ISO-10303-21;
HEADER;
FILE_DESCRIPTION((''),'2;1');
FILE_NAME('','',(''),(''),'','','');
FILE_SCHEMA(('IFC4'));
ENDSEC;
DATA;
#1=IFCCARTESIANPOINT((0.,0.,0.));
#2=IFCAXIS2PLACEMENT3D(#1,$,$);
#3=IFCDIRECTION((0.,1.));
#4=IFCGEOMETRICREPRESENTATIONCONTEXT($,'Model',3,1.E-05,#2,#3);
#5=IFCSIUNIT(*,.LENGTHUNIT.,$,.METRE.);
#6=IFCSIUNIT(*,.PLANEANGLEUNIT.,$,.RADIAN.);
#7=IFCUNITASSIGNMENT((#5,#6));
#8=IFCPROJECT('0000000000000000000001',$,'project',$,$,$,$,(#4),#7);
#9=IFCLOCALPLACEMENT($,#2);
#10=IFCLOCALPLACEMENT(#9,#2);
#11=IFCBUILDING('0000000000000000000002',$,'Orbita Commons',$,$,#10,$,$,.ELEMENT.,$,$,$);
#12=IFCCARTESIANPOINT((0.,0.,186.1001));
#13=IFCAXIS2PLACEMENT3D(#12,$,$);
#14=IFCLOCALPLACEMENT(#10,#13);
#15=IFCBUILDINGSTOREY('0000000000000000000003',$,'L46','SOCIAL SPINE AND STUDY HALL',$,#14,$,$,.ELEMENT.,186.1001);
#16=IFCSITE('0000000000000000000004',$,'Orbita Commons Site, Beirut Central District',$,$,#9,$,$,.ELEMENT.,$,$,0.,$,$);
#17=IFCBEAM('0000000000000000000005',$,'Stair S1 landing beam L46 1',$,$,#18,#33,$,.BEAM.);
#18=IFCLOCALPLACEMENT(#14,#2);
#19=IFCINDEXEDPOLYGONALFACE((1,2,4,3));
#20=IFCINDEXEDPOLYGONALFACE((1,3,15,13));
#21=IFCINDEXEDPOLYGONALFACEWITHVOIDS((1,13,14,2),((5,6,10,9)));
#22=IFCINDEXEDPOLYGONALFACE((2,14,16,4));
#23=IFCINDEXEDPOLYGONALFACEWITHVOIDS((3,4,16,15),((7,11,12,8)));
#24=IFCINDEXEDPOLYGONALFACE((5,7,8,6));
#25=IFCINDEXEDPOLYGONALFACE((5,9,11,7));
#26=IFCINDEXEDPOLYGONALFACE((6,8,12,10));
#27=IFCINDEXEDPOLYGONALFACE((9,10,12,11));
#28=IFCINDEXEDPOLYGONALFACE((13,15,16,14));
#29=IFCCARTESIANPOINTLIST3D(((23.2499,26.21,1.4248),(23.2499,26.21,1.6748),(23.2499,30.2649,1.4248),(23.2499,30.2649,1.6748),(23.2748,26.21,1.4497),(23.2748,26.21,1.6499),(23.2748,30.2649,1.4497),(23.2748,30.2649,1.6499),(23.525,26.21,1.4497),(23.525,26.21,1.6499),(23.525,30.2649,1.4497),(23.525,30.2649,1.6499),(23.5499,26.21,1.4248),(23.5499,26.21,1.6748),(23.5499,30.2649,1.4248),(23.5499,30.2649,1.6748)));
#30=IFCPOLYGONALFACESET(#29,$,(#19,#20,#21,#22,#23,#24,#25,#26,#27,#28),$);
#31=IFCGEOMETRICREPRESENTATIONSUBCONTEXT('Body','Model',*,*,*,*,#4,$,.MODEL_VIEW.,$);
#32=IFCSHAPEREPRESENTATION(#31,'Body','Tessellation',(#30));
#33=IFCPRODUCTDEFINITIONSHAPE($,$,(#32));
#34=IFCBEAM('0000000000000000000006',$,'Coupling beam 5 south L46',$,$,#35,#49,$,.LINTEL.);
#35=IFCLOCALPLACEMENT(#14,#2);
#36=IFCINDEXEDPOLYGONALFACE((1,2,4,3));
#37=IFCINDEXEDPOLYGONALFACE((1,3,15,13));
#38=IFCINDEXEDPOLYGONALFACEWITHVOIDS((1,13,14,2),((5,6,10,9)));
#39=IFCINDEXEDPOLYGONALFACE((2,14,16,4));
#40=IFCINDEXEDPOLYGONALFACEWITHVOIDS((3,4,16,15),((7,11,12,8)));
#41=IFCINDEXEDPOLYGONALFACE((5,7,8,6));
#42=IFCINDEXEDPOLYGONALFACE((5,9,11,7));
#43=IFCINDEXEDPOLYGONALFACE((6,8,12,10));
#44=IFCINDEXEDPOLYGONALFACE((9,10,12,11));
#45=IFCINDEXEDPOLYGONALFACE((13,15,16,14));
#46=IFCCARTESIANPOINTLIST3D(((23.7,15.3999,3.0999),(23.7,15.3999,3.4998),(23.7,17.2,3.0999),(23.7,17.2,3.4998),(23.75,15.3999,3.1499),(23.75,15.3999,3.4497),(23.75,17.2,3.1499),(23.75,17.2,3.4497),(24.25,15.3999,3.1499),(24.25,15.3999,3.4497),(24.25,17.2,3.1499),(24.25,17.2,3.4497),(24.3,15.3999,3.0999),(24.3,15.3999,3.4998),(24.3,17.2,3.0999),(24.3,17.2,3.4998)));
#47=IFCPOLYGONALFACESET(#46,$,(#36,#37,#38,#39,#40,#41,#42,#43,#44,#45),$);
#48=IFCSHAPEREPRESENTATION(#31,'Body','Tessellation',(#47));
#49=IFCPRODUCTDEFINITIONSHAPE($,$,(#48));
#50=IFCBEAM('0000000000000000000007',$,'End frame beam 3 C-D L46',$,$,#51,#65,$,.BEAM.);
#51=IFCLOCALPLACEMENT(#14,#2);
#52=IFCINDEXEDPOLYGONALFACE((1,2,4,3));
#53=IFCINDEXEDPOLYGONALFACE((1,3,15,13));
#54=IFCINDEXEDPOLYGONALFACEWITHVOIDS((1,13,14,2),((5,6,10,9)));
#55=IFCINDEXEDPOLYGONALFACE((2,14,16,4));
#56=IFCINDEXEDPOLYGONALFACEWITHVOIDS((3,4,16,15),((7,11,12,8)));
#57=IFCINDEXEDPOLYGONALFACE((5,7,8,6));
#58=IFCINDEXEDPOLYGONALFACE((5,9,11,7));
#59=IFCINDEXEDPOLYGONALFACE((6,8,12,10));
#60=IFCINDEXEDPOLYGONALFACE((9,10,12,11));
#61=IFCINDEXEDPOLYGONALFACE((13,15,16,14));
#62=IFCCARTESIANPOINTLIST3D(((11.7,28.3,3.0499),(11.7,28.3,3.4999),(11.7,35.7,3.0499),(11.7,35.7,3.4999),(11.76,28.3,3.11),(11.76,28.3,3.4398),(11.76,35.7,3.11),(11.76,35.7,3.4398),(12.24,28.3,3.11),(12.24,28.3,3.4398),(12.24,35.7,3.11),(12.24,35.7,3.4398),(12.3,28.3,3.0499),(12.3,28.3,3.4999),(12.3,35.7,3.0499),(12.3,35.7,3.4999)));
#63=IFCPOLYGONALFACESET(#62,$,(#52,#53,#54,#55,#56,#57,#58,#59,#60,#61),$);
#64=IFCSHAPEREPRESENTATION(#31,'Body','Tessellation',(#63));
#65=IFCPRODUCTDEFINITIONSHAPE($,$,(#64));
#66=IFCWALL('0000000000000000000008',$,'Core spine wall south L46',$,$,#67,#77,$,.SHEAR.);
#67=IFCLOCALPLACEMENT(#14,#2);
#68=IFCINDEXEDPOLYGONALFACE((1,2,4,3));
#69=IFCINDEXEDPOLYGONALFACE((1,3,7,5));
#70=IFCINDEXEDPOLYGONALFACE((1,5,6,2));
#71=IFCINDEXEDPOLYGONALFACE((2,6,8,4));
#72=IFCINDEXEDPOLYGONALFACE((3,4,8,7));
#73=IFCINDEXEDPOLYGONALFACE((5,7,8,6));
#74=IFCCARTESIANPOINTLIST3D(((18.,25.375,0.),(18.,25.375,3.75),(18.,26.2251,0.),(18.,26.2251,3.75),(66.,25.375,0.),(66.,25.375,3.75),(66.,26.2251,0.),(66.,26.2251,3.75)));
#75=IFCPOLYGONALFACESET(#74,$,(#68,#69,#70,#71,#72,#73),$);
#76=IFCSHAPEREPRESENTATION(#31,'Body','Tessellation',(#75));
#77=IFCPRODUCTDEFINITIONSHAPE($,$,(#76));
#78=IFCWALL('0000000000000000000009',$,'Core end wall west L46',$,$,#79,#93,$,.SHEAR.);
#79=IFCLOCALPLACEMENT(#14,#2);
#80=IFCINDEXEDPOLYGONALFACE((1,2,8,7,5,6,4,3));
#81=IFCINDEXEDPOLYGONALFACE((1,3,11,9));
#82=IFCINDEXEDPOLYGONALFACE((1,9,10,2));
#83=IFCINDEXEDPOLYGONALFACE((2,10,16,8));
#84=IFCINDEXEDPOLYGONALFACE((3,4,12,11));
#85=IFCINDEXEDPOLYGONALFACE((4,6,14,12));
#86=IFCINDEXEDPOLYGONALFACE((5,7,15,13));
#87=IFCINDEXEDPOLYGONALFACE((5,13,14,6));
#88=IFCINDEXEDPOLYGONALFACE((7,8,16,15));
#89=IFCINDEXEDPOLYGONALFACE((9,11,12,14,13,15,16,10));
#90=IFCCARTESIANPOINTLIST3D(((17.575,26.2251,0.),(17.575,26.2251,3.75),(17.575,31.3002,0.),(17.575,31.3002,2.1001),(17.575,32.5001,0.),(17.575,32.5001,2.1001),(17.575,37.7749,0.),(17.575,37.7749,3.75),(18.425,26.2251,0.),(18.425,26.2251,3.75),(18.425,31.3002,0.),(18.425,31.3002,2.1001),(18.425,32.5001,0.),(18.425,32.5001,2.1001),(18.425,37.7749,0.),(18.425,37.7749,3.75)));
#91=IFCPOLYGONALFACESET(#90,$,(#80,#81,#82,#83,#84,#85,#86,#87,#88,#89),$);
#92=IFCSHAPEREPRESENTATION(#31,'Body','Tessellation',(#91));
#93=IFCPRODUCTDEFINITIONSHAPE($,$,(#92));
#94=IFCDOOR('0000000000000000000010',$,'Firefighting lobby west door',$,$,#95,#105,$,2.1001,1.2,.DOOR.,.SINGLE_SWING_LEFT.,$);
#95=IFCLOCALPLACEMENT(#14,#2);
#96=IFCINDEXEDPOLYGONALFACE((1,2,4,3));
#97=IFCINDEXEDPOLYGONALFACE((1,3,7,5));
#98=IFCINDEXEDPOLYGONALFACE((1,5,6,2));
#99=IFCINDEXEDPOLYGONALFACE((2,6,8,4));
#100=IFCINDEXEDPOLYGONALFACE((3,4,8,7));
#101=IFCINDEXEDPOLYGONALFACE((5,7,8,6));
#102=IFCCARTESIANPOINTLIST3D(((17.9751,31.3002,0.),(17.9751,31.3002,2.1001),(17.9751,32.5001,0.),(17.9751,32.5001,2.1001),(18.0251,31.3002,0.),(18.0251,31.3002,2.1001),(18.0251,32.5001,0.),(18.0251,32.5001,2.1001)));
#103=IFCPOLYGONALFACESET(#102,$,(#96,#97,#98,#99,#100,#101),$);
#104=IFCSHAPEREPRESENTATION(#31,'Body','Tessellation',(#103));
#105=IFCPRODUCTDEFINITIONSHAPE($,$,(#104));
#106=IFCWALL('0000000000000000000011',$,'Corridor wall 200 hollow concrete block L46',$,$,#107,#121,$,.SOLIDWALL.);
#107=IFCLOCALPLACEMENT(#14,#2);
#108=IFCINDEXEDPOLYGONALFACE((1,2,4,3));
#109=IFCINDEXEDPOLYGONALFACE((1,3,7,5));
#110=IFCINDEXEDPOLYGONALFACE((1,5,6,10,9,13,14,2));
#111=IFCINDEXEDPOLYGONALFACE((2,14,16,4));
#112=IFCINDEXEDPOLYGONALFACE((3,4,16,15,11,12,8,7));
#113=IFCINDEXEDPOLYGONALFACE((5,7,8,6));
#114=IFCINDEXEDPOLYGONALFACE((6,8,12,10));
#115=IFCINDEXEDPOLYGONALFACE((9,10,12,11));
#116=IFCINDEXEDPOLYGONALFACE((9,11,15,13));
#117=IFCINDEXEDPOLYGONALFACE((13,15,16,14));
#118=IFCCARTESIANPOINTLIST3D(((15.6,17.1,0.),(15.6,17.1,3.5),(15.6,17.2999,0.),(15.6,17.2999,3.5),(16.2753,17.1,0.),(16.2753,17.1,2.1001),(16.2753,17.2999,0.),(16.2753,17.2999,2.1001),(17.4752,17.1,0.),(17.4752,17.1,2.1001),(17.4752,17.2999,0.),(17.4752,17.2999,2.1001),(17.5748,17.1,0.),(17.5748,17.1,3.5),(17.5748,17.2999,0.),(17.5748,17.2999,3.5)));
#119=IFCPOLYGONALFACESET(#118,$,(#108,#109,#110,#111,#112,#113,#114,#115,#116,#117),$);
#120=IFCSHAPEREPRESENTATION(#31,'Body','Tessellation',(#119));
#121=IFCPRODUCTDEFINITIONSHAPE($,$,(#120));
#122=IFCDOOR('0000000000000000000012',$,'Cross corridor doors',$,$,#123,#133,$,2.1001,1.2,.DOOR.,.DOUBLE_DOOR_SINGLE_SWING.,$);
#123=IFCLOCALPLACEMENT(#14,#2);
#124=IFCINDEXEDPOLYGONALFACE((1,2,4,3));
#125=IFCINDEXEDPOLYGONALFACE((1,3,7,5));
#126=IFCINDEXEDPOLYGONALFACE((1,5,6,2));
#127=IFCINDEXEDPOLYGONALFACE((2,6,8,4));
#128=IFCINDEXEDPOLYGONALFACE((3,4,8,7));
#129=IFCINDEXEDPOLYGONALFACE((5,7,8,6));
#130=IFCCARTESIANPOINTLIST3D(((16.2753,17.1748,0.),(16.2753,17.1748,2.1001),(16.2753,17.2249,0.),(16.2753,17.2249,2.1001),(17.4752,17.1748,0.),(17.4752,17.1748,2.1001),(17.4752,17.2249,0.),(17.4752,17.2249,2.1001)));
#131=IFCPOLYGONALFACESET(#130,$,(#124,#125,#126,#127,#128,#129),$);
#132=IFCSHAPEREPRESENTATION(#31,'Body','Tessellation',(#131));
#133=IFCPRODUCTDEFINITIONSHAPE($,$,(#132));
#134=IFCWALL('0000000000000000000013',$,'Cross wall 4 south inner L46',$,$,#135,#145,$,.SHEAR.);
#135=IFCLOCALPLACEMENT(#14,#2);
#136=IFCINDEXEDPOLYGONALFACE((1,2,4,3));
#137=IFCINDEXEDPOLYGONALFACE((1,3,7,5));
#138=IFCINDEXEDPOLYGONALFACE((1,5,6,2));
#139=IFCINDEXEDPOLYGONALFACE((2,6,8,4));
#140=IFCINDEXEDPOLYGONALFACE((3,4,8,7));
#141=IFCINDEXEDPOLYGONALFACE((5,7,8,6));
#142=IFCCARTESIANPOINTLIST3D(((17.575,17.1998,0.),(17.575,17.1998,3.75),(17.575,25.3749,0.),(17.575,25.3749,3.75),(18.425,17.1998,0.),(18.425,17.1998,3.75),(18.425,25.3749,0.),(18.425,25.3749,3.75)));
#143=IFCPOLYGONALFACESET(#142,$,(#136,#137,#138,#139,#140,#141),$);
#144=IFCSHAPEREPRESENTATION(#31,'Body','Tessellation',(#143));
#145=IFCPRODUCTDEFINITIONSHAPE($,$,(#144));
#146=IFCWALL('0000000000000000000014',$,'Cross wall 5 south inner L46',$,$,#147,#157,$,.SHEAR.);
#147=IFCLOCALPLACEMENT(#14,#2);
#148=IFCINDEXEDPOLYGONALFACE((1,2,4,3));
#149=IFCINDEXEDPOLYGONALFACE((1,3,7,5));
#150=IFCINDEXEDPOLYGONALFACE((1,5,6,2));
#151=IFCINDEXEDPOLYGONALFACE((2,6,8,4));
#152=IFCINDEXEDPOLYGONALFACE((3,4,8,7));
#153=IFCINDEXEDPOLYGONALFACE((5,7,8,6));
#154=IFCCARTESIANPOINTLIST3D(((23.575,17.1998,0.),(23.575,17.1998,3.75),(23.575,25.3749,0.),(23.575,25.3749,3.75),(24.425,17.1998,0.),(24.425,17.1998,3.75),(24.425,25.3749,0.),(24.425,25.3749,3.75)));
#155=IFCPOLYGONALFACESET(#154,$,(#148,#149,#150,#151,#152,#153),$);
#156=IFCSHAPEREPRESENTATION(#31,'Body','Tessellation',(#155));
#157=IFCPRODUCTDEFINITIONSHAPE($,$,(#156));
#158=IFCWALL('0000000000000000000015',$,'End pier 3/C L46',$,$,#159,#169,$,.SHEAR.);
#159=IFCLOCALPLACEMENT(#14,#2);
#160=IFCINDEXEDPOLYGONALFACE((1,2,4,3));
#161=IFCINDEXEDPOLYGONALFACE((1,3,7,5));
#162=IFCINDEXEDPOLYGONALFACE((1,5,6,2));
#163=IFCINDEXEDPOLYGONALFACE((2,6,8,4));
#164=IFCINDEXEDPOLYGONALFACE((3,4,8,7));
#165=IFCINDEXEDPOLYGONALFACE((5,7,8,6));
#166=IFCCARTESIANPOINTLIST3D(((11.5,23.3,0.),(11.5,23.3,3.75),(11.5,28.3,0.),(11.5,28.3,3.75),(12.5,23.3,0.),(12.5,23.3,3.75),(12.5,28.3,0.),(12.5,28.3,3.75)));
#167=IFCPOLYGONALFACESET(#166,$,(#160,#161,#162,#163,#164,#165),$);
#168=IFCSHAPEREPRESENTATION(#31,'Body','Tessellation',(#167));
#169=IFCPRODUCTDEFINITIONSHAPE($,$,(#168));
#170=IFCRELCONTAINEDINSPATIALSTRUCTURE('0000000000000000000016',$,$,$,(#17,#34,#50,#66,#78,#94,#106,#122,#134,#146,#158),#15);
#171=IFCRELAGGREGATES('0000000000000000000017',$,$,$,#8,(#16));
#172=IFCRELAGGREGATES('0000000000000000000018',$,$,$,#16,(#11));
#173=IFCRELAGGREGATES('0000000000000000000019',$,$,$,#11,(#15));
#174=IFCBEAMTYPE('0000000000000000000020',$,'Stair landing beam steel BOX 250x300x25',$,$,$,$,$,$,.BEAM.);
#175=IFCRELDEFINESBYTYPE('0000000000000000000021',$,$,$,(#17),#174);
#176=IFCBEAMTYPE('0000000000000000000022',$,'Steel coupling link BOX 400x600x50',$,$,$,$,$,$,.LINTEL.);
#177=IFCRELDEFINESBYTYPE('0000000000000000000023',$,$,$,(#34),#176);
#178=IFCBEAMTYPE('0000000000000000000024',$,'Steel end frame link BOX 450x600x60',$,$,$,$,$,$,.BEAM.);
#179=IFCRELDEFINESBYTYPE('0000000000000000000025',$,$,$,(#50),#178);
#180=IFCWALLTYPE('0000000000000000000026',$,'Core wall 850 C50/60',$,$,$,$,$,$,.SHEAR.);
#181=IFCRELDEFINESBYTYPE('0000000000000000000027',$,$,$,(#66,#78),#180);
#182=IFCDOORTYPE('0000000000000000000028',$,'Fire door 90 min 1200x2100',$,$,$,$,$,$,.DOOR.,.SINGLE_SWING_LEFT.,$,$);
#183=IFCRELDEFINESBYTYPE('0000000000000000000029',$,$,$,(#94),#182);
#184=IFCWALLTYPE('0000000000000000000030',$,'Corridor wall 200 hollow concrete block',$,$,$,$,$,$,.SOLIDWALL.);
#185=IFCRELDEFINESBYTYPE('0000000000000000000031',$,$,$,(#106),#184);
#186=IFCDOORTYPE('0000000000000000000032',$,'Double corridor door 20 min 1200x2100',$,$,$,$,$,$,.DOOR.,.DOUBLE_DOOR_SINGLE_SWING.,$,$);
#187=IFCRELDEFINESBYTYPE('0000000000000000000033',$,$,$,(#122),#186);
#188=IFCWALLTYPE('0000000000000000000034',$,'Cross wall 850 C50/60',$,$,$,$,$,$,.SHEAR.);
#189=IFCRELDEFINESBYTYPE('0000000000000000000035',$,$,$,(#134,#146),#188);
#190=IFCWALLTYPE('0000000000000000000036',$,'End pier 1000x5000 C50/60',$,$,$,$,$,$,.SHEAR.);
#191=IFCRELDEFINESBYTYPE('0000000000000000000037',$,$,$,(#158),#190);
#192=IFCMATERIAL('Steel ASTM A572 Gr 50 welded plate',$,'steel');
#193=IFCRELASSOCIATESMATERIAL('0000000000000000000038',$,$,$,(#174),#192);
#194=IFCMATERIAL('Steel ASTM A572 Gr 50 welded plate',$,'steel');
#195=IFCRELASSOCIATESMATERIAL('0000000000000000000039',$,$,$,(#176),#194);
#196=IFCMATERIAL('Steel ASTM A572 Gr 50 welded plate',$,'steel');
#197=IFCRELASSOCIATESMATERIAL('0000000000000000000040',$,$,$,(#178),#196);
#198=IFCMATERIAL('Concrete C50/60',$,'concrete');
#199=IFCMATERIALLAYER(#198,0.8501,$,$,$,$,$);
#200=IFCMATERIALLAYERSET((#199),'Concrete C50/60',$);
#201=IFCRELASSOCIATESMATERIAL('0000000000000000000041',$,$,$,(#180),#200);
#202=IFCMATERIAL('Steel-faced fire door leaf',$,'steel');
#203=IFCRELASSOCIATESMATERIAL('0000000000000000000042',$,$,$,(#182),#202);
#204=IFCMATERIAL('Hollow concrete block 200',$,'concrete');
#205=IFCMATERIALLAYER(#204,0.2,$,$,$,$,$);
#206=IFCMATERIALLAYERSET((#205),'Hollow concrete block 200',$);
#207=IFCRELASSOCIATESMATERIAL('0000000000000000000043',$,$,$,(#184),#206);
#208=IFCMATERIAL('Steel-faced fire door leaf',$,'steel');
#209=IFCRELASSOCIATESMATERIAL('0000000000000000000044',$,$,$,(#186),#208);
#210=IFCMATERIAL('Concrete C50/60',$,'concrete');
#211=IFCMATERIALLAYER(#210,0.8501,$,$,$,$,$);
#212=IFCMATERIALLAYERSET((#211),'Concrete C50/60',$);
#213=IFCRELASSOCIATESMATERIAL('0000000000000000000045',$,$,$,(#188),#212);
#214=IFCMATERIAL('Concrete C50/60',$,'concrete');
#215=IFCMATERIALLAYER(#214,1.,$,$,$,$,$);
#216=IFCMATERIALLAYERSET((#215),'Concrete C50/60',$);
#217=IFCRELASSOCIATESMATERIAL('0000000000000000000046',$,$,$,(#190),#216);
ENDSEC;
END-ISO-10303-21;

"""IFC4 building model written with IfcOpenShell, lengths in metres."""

from ifc_helpers import new_model, si_unit, direction, frame, frame_2d, origin, origin_2d, place, context, subcontext, project, spatial, rectangle, hollow_rectangle, extrude, material, layer, layer_set, material_profile, profile_set, type_object, element, fill, save


model = new_model("IFC4")

# Units and contexts
model_context = context("Model", 3, precision=1e-05, world=origin(), true_north=direction((0.0, 1.0)))
body_context = subcontext(model_context, "Body", "Model", "MODEL_VIEW")
ifc_project = project(units=[si_unit("LENGTHUNIT", "METRE"), si_unit("PLANEANGLEUNIT", "RADIAN")], contexts=[model_context])

# Site, building, storey
site_placement = place(None, origin())
site = spatial("IfcSite", under=ifc_project, at=site_placement, Name="Orbita Commons Site, Beirut Central District", CompositionType="ELEMENT", RefElevation=0.0)
building_placement = place(site_placement, origin())
building = spatial("IfcBuilding", under=site, at=building_placement, Name="Orbita Commons", CompositionType="ELEMENT")
storey_placement = place(building_placement, frame((0.0, 0.0, 186.1001)))
storey = spatial("IfcBuildingStorey", under=building, at=storey_placement, Name="L46", Description="SOCIAL SPINE AND STUDY HALL", CompositionType="ELEMENT", Elevation=186.1001)

# Beams
ifc_material_1 = material(Name="Steel ASTM A572 Gr 50 welded plate", Category="steel")
ifc_material_profile_1 = material_profile(ifc_material_1, hollow_rectangle(XDim=0.3, YDim=0.25, WallThickness=0.0249, at=origin_2d()), Name="BOX 250x300x25")
ifc_profile_set_1 = profile_set([ifc_material_profile_1], Name="Steel ASTM A572 Gr 50 welded plate")
beam_type_1 = type_object("IfcBeamType", Name="Stair landing beam steel BOX 250x300x25", PredefinedType="BEAM", material=ifc_profile_set_1)
beam_1_placement = place(storey_placement, frame((23.3999, 26.21, 1.5498), z_axis=(0.0, 1.0, 0.0), x_axis=(-1.0, 0.0, 0.0)))
element("IfcBeam", 1, at=beam_1_placement, inside=storey, type_object=beam_type_1, Name="Stair S1 landing beam L46 1", PredefinedType="BEAM", context=body_context, shape_type="SweptSolid", body=[
    extrude(hollow_rectangle(XDim=0.3, YDim=0.25, WallThickness=0.0249, at=origin_2d()), origin(), (0.0, 0.0, 1.0), 4.0549),
])
ifc_material_2 = material(Name="Steel ASTM A572 Gr 50 welded plate", Category="steel")
ifc_material_profile_2 = material_profile(ifc_material_2, hollow_rectangle(XDim=0.6001, YDim=0.3999, WallThickness=0.05, at=origin_2d()), Name="BOX 400x600x50")
ifc_profile_set_2 = profile_set([ifc_material_profile_2], Name="Steel ASTM A572 Gr 50 welded plate")
beam_type_2 = type_object("IfcBeamType", Name="Steel coupling link BOX 400x600x50", PredefinedType="LINTEL", material=ifc_profile_set_2)
beam_2_placement = place(storey_placement, frame((24.0, 15.3999, 3.2998), z_axis=(0.0, 1.0, 0.0), x_axis=(-1.0, 0.0, 0.0)))
element("IfcBeam", 2, at=beam_2_placement, inside=storey, type_object=beam_type_2, Name="Coupling beam 5 south L46", PredefinedType="LINTEL", context=body_context, shape_type="SweptSolid", body=[
    extrude(hollow_rectangle(XDim=0.6001, YDim=0.3999, WallThickness=0.05, at=origin_2d()), origin(), (0.0, 0.0, 1.0), 1.8),
])
ifc_material_3 = material(Name="Steel ASTM A572 Gr 50 welded plate", Category="steel")
ifc_material_profile_3 = material_profile(ifc_material_3, hollow_rectangle(XDim=0.6001, YDim=0.45, WallThickness=0.0601, at=origin_2d()), Name="BOX 450x600x60")
ifc_profile_set_3 = profile_set([ifc_material_profile_3], Name="Steel ASTM A572 Gr 50 welded plate")
beam_type_3 = type_object("IfcBeamType", Name="Steel end frame link BOX 450x600x60", PredefinedType="BEAM", material=ifc_profile_set_3)
beam_3_placement = place(storey_placement, frame((12.0, 28.3, 3.2749), z_axis=(0.0, 1.0, 0.0), x_axis=(-1.0, 0.0, 0.0)))
element("IfcBeam", 3, at=beam_3_placement, inside=storey, type_object=beam_type_3, Name="End frame beam 3 C-D L46", PredefinedType="BEAM", context=body_context, shape_type="SweptSolid", body=[
    extrude(hollow_rectangle(XDim=0.6001, YDim=0.45, WallThickness=0.0601, at=origin_2d()), origin(), (0.0, 0.0, 1.0), 7.3999),
])

# Wall
ifc_material_4 = material(Name="Concrete C50/60", Category="concrete")
ifc_layer_1 = layer(ifc_material_4, 0.8501)
ifc_layer_set_1 = layer_set([ifc_layer_1], Name="Concrete C50/60")
wall_type_1 = type_object("IfcWallType", Name="Core wall 850 C50/60", PredefinedType="SHEAR", material=ifc_layer_set_1)
wall_1_placement = place(storey_placement, frame((18.0, 25.8, 0.0), z_axis=(0.0, 0.0, 1.0), x_axis=(1.0, 0.0, 0.0)))
element("IfcWall", 4, at=wall_1_placement, inside=storey, type_object=wall_type_1, Name="Core spine wall south L46", PredefinedType="SHEAR", context=body_context, shape_type="SweptSolid", body=[
    extrude(rectangle(XDim=48.0, YDim=0.8501, at=frame_2d((24.0, 0.0))), origin(), (0.0, 0.0, 1.0), 3.75),
])

# Walls, openings, doors
wall_2_placement = place(storey_placement, frame((18.0, 26.2251, 0.0), z_axis=(0.0, 0.0, 1.0), x_axis=(0.0, 1.0, 0.0)))
wall_2 = element("IfcWall", 5, at=wall_2_placement, inside=storey, type_object=wall_type_1, Name="Core end wall west L46", PredefinedType="SHEAR", context=body_context, shape_type="SweptSolid", body=[
    extrude(rectangle(XDim=11.5498, YDim=0.8501, at=frame_2d((5.7749, 0.0))), origin(), (0.0, 0.0, 1.0), 3.75),
])
opening_1_placement = place(wall_2_placement, frame((5.075, 0.0, 0.0)))
opening_1 = element("IfcOpeningElement", 6, at=opening_1_placement, cuts=wall_2, PredefinedType="OPENING", context=body_context, shape_type="SweptSolid", body=[
    extrude(rectangle(XDim=1.2, YDim=2.1001, at=frame_2d((0.6001, 1.05))), frame((0.0, 0.4351, 0.0), z_axis=(0.0, -1.0, 0.0), x_axis=(1.0, 0.0, 0.0)), (0.0, 0.0, 1.0), 0.8701),
])
ifc_material_5 = material(Name="Steel-faced fire door leaf", Category="steel")
door_type_1 = type_object("IfcDoorType", Name="Fire door 90 min 1200x2100", OperationType="SINGLE_SWING_LEFT", PredefinedType="DOOR", material=ifc_material_5)
door_1_placement = place(opening_1_placement, origin())
door_1 = element("IfcDoor", 7, at=door_1_placement, inside=storey, type_object=door_type_1, Name="Firefighting lobby west door", OperationType="SINGLE_SWING_LEFT", OverallHeight=2.1001, OverallWidth=1.2, PredefinedType="DOOR", context=body_context, shape_type="SweptSolid", body=[
    extrude(rectangle(XDim=1.2, YDim=2.1001, at=frame_2d((0.6001, 1.05))), frame((0.0, 0.0249, 0.0), z_axis=(0.0, -1.0, 0.0), x_axis=(1.0, 0.0, 0.0)), (0.0, 0.0, 1.0), 0.05),
])
fill(opening_1, door_1)
ifc_material_6 = material(Name="Hollow concrete block 200", Category="concrete")
ifc_layer_2 = layer(ifc_material_6, 0.2)
ifc_layer_set_2 = layer_set([ifc_layer_2], Name="Hollow concrete block 200")
wall_type_2 = type_object("IfcWallType", Name="Corridor wall 200 hollow concrete block", PredefinedType="SOLIDWALL", material=ifc_layer_set_2)
wall_3_placement = place(storey_placement, frame((15.6001, 17.2, 0.0), z_axis=(0.0, 0.0, 1.0), x_axis=(1.0, 0.0, 0.0)))
wall_3 = element("IfcWall", 8, at=wall_3_placement, inside=storey, type_object=wall_type_2, Name="Corridor wall 200 hollow concrete block L46", PredefinedType="SOLIDWALL", context=body_context, shape_type="SweptSolid", body=[
    extrude(rectangle(XDim=1.9749, YDim=0.2, at=frame_2d((0.9873, 0.0))), origin(), (0.0, 0.0, 1.0), 3.5),
])
opening_2_placement = place(wall_3_placement, frame((0.675, 0.0, 0.0)))
opening_2 = element("IfcOpeningElement", 9, at=opening_2_placement, cuts=wall_3, PredefinedType="OPENING", context=body_context, shape_type="SweptSolid", body=[
    extrude(rectangle(XDim=1.2, YDim=2.1001, at=frame_2d((0.6001, 1.05))), frame((0.0, 0.1099, 0.0), z_axis=(0.0, -1.0, 0.0), x_axis=(1.0, 0.0, 0.0)), (0.0, 0.0, 1.0), 0.22),
])
ifc_material_7 = material(Name="Steel-faced fire door leaf", Category="steel")
door_type_2 = type_object("IfcDoorType", Name="Double corridor door 20 min 1200x2100", OperationType="DOUBLE_DOOR_SINGLE_SWING", PredefinedType="DOOR", material=ifc_material_7)
door_2_placement = place(opening_2_placement, origin())
door_2 = element("IfcDoor", 10, at=door_2_placement, inside=storey, type_object=door_type_2, Name="Cross corridor doors", OperationType="DOUBLE_DOOR_SINGLE_SWING", OverallHeight=2.1001, OverallWidth=1.2, PredefinedType="DOOR", context=body_context, shape_type="SweptSolid", body=[
    extrude(rectangle(XDim=1.2, YDim=2.1001, at=frame_2d((0.6001, 1.05))), frame((0.0, 0.0249, 0.0), z_axis=(0.0, -1.0, 0.0), x_axis=(1.0, 0.0, 0.0)), (0.0, 0.0, 1.0), 0.05),
])
fill(opening_2, door_2)

# Walls
ifc_material_8 = material(Name="Concrete C50/60", Category="concrete")
ifc_layer_3 = layer(ifc_material_8, 0.8501)
ifc_layer_set_3 = layer_set([ifc_layer_3], Name="Concrete C50/60")
wall_type_3 = type_object("IfcWallType", Name="Cross wall 850 C50/60", PredefinedType="SHEAR", material=ifc_layer_set_3)
for number, where, z_axis, x_axis, name in (
    (11, (18.0, 17.2, 0.0), (0.0, 0.0, 1.0), (0.0, 1.0, 0.0), "Cross wall 4 south inner L46"),
    (12, (24.0, 17.2, 0.0), (0.0, 0.0, 1.0), (0.0, 1.0, 0.0), "Cross wall 5 south inner L46"),
):
    element("IfcWall", number, at=place(storey_placement, frame(where, z_axis=z_axis, x_axis=x_axis)), inside=storey, type_object=wall_type_3, Name=name, PredefinedType="SHEAR", context=body_context, shape_type="SweptSolid", body=[
        extrude(rectangle(XDim=8.175, YDim=0.8501, at=frame_2d((4.0874, 0.0))), origin(), (0.0, 0.0, 1.0), 3.75),
    ])
ifc_material_9 = material(Name="Concrete C50/60", Category="concrete")
ifc_layer_4 = layer(ifc_material_9, 1.0)
ifc_layer_set_4 = layer_set([ifc_layer_4], Name="Concrete C50/60")
wall_type_4 = type_object("IfcWallType", Name="End pier 1000x5000 C50/60", PredefinedType="SHEAR", material=ifc_layer_set_4)
wall_4_placement = place(storey_placement, frame((12.0, 23.3, 0.0), z_axis=(0.0, 0.0, 1.0), x_axis=(0.0, 1.0, 0.0)))
element("IfcWall", 13, at=wall_4_placement, inside=storey, type_object=wall_type_4, Name="End pier 3/C L46", PredefinedType="SHEAR", context=body_context, shape_type="SweptSolid", body=[
    extrude(rectangle(XDim=5.0, YDim=1.0, at=frame_2d((2.5, 0.0))), origin(), (0.0, 0.0, 1.0), 3.75),
])

save(model, "model.ifc")
